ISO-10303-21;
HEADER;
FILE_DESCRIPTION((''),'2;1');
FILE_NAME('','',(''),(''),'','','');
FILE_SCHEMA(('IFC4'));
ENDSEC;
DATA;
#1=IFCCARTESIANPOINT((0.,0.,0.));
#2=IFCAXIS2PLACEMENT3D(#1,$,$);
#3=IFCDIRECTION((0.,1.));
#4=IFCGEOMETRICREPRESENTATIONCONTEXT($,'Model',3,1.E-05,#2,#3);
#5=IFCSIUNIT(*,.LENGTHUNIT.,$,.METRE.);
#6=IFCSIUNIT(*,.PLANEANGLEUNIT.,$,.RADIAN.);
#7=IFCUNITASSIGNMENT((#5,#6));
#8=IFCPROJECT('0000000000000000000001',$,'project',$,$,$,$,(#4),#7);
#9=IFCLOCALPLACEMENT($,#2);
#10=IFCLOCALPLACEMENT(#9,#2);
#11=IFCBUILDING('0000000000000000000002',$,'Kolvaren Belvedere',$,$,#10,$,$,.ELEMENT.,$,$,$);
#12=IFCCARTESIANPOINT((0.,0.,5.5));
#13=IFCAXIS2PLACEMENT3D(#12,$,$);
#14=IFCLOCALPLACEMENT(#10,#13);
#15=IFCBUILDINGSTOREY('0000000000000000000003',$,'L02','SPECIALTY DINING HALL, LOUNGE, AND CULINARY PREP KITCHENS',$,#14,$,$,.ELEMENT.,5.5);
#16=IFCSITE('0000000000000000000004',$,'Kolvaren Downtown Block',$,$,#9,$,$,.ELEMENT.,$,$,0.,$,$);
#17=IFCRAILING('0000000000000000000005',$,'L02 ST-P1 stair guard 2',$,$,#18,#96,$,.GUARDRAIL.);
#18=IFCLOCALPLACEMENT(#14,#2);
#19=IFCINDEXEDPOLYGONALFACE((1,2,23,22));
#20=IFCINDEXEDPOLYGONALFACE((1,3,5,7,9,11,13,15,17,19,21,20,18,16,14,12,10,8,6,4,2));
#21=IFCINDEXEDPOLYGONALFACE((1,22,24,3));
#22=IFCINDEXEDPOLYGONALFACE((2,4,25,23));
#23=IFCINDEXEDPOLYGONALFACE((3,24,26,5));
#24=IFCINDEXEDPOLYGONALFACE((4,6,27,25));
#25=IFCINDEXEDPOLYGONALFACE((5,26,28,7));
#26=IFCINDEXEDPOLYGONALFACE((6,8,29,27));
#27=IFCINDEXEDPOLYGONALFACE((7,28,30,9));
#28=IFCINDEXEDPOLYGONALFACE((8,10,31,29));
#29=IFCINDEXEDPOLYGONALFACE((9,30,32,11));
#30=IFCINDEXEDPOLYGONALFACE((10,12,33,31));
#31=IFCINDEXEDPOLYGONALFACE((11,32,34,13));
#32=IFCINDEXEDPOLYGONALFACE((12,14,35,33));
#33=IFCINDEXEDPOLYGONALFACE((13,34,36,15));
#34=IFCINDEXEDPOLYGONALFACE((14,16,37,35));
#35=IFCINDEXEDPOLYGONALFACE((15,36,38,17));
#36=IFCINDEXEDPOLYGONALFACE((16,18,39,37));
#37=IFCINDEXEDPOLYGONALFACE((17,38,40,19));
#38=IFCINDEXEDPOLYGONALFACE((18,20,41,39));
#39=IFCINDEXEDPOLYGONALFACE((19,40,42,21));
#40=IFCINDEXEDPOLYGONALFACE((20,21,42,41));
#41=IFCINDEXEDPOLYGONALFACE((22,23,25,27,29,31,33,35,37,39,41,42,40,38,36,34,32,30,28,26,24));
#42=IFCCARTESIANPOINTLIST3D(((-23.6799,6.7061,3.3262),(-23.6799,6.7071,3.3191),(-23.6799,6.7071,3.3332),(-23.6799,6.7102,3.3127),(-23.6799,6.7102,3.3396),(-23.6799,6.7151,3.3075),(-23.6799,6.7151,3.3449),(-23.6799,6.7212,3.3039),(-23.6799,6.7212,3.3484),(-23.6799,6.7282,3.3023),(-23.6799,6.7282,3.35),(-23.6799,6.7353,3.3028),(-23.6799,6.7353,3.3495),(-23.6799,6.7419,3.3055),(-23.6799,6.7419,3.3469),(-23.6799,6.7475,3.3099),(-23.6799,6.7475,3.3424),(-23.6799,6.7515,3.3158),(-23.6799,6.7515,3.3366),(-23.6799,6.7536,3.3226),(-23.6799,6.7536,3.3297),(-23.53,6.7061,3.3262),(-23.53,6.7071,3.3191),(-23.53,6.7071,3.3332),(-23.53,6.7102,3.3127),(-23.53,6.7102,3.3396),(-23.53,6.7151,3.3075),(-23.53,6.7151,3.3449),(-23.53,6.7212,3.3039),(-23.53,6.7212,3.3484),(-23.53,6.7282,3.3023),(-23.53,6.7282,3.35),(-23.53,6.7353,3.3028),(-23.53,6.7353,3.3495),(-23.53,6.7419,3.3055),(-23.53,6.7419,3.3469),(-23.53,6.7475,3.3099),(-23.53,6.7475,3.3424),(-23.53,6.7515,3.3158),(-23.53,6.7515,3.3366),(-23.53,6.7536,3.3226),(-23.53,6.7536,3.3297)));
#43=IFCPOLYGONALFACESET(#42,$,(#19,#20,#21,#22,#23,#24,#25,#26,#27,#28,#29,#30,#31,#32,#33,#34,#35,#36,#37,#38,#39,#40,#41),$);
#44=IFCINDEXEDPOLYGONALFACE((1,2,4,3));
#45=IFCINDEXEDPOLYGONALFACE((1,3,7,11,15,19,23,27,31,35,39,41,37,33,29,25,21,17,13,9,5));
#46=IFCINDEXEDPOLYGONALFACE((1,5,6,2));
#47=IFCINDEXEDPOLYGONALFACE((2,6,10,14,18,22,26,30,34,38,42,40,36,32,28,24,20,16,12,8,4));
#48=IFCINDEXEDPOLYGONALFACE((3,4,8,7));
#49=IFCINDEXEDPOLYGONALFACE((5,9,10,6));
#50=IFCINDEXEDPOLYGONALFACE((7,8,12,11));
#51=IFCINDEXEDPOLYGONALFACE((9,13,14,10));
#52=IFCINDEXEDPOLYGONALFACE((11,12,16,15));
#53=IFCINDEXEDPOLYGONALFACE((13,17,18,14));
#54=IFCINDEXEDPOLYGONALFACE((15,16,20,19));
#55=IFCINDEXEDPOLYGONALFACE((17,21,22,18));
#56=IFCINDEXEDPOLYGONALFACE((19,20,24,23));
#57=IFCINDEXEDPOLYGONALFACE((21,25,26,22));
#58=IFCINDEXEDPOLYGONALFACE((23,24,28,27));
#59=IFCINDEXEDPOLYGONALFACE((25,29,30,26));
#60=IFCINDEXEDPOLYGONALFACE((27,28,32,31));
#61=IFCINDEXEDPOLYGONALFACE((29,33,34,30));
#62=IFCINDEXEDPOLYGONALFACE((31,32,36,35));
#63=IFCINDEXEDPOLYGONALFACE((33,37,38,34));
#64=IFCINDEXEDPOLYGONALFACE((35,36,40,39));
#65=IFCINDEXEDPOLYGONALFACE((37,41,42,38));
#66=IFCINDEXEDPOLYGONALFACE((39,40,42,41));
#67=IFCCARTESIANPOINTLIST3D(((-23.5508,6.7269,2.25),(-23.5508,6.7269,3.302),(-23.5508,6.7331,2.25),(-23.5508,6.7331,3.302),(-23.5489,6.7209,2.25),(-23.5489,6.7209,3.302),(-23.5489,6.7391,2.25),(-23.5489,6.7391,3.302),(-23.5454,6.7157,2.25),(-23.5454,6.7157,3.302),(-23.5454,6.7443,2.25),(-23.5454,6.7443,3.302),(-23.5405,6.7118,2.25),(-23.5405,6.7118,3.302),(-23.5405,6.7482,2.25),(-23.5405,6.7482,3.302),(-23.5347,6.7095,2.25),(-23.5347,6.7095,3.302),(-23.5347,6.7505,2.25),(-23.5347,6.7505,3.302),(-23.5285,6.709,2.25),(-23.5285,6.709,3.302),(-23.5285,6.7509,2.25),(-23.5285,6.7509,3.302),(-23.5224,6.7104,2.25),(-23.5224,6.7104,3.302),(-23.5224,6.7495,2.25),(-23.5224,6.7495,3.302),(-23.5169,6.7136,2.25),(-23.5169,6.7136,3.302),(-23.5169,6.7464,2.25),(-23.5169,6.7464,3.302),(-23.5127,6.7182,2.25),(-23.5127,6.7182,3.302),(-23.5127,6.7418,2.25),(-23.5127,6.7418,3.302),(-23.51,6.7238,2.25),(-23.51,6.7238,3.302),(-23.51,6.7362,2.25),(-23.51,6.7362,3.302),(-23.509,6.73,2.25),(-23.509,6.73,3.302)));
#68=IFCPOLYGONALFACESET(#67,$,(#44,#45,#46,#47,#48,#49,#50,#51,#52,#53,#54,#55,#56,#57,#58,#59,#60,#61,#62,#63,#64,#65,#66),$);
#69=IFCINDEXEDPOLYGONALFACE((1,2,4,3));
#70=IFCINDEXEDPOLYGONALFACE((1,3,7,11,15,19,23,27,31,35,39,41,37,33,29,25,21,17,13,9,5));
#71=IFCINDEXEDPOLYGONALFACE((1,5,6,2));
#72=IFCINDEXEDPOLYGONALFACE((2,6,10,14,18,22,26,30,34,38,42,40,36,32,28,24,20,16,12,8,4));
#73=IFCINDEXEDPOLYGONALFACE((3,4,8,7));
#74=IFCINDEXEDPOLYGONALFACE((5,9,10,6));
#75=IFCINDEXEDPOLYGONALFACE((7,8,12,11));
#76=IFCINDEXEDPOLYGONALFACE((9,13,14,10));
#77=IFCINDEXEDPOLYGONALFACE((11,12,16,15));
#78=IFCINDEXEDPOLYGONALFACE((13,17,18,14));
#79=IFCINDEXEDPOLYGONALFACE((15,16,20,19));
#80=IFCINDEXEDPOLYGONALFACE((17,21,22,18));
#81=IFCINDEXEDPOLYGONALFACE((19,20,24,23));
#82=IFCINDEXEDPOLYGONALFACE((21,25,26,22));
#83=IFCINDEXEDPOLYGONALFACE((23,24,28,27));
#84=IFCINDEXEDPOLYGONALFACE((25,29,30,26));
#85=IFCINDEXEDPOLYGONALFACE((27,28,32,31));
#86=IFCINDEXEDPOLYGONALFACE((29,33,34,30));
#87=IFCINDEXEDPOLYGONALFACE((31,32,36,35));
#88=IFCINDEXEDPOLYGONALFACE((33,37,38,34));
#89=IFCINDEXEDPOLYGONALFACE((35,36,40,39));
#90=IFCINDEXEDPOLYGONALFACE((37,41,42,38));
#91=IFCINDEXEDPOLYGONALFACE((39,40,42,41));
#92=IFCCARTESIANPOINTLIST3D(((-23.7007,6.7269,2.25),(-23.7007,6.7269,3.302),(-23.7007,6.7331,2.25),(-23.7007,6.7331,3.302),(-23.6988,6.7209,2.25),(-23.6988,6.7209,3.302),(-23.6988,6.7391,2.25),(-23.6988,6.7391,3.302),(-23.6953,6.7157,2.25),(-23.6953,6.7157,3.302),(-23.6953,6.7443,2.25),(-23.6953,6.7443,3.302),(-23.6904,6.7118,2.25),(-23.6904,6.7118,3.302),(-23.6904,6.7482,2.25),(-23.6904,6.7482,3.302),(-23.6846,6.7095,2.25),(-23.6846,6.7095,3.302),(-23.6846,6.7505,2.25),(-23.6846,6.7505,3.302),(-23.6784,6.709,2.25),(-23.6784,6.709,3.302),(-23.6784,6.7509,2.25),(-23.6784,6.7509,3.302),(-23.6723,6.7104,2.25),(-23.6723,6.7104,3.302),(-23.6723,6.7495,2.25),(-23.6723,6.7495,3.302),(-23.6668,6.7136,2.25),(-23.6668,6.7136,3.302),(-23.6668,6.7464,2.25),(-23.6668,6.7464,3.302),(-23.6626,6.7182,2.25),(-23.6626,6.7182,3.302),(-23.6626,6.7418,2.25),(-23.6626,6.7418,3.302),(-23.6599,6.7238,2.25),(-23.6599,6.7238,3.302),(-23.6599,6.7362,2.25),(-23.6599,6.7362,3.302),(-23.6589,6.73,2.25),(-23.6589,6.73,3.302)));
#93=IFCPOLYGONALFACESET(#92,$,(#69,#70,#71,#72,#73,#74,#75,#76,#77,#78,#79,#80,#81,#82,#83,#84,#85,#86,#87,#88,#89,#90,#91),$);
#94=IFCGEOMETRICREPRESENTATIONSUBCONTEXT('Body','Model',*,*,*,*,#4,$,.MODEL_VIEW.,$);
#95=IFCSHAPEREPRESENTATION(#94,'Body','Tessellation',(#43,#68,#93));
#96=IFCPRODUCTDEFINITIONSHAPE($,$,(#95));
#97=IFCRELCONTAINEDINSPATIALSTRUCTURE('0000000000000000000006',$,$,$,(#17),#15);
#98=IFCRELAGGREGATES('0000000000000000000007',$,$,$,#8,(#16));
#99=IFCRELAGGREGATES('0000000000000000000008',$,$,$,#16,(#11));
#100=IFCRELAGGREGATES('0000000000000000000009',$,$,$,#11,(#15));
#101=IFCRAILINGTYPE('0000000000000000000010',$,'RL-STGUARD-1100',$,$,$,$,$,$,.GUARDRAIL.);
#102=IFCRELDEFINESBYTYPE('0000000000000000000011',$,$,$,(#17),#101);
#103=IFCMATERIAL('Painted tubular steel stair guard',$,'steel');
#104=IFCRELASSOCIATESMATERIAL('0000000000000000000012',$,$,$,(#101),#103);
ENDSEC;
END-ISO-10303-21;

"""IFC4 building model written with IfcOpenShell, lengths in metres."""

from ifc_helpers import new_model, si_unit, direction, frame, origin, origin_2d, place, context, subcontext, project, spatial, circle, extrude, material, type_object, element, save


model = new_model("IFC4")

# Units and contexts
model_context = context("Model", 3, precision=1e-05, world=origin(), true_north=direction((0.0, 1.0)))
body_context = subcontext(model_context, "Body", "Model", "MODEL_VIEW")
ifc_project = project(units=[si_unit("LENGTHUNIT", "METRE"), si_unit("PLANEANGLEUNIT", "RADIAN")], contexts=[model_context])

# Site, building, storey
site_placement = place(None, origin())
site = spatial("IfcSite", under=ifc_project, at=site_placement, Name="Kolvaren Downtown Block", CompositionType="ELEMENT", RefElevation=0.0)
building_placement = place(site_placement, origin())
building = spatial("IfcBuilding", under=site, at=building_placement, Name="Kolvaren Belvedere", CompositionType="ELEMENT")
storey_placement = place(building_placement, frame((0.0, 0.0, 5.5)))
storey = spatial("IfcBuildingStorey", under=building, at=storey_placement, Name="L02", Description="SPECIALTY DINING HALL, LOUNGE, AND CULINARY PREP KITCHENS", CompositionType="ELEMENT", Elevation=5.5)

# Railing
ifc_material_1 = material(Name="Painted tubular steel stair guard", Category="steel")
railing_type_1 = type_object("IfcRailingType", Name="RL-STGUARD-1100", PredefinedType="GUARDRAIL", material=ifc_material_1)
railing_1_placement = place(storey_placement, frame((-23.53, 6.73, 2.25)))
element("IfcRailing", 1, at=railing_1_placement, inside=storey, type_object=railing_type_1, Name="L02 ST-P1 stair guard 2", PredefinedType="GUARDRAIL", context=body_context, shape_type="SweptSolid", body=[
    extrude(circle(Radius=0.0239, at=origin_2d()), frame((0.0, 0.0, 1.0762), z_axis=(-1.0, 0.0, 0.0), x_axis=(0.0, -1.0, 0.0)), (0.0, 0.0, 1.0), 0.1499),
    extrude(circle(Radius=0.021, at=origin_2d()), origin(), (0.0, 0.0, 1.0), 1.052),
    extrude(circle(Radius=0.021, at=origin_2d()), frame((-0.1499, 0.0, 0.0)), (0.0, 0.0, 1.0), 1.052),
])

save(model, "model.ifc")
